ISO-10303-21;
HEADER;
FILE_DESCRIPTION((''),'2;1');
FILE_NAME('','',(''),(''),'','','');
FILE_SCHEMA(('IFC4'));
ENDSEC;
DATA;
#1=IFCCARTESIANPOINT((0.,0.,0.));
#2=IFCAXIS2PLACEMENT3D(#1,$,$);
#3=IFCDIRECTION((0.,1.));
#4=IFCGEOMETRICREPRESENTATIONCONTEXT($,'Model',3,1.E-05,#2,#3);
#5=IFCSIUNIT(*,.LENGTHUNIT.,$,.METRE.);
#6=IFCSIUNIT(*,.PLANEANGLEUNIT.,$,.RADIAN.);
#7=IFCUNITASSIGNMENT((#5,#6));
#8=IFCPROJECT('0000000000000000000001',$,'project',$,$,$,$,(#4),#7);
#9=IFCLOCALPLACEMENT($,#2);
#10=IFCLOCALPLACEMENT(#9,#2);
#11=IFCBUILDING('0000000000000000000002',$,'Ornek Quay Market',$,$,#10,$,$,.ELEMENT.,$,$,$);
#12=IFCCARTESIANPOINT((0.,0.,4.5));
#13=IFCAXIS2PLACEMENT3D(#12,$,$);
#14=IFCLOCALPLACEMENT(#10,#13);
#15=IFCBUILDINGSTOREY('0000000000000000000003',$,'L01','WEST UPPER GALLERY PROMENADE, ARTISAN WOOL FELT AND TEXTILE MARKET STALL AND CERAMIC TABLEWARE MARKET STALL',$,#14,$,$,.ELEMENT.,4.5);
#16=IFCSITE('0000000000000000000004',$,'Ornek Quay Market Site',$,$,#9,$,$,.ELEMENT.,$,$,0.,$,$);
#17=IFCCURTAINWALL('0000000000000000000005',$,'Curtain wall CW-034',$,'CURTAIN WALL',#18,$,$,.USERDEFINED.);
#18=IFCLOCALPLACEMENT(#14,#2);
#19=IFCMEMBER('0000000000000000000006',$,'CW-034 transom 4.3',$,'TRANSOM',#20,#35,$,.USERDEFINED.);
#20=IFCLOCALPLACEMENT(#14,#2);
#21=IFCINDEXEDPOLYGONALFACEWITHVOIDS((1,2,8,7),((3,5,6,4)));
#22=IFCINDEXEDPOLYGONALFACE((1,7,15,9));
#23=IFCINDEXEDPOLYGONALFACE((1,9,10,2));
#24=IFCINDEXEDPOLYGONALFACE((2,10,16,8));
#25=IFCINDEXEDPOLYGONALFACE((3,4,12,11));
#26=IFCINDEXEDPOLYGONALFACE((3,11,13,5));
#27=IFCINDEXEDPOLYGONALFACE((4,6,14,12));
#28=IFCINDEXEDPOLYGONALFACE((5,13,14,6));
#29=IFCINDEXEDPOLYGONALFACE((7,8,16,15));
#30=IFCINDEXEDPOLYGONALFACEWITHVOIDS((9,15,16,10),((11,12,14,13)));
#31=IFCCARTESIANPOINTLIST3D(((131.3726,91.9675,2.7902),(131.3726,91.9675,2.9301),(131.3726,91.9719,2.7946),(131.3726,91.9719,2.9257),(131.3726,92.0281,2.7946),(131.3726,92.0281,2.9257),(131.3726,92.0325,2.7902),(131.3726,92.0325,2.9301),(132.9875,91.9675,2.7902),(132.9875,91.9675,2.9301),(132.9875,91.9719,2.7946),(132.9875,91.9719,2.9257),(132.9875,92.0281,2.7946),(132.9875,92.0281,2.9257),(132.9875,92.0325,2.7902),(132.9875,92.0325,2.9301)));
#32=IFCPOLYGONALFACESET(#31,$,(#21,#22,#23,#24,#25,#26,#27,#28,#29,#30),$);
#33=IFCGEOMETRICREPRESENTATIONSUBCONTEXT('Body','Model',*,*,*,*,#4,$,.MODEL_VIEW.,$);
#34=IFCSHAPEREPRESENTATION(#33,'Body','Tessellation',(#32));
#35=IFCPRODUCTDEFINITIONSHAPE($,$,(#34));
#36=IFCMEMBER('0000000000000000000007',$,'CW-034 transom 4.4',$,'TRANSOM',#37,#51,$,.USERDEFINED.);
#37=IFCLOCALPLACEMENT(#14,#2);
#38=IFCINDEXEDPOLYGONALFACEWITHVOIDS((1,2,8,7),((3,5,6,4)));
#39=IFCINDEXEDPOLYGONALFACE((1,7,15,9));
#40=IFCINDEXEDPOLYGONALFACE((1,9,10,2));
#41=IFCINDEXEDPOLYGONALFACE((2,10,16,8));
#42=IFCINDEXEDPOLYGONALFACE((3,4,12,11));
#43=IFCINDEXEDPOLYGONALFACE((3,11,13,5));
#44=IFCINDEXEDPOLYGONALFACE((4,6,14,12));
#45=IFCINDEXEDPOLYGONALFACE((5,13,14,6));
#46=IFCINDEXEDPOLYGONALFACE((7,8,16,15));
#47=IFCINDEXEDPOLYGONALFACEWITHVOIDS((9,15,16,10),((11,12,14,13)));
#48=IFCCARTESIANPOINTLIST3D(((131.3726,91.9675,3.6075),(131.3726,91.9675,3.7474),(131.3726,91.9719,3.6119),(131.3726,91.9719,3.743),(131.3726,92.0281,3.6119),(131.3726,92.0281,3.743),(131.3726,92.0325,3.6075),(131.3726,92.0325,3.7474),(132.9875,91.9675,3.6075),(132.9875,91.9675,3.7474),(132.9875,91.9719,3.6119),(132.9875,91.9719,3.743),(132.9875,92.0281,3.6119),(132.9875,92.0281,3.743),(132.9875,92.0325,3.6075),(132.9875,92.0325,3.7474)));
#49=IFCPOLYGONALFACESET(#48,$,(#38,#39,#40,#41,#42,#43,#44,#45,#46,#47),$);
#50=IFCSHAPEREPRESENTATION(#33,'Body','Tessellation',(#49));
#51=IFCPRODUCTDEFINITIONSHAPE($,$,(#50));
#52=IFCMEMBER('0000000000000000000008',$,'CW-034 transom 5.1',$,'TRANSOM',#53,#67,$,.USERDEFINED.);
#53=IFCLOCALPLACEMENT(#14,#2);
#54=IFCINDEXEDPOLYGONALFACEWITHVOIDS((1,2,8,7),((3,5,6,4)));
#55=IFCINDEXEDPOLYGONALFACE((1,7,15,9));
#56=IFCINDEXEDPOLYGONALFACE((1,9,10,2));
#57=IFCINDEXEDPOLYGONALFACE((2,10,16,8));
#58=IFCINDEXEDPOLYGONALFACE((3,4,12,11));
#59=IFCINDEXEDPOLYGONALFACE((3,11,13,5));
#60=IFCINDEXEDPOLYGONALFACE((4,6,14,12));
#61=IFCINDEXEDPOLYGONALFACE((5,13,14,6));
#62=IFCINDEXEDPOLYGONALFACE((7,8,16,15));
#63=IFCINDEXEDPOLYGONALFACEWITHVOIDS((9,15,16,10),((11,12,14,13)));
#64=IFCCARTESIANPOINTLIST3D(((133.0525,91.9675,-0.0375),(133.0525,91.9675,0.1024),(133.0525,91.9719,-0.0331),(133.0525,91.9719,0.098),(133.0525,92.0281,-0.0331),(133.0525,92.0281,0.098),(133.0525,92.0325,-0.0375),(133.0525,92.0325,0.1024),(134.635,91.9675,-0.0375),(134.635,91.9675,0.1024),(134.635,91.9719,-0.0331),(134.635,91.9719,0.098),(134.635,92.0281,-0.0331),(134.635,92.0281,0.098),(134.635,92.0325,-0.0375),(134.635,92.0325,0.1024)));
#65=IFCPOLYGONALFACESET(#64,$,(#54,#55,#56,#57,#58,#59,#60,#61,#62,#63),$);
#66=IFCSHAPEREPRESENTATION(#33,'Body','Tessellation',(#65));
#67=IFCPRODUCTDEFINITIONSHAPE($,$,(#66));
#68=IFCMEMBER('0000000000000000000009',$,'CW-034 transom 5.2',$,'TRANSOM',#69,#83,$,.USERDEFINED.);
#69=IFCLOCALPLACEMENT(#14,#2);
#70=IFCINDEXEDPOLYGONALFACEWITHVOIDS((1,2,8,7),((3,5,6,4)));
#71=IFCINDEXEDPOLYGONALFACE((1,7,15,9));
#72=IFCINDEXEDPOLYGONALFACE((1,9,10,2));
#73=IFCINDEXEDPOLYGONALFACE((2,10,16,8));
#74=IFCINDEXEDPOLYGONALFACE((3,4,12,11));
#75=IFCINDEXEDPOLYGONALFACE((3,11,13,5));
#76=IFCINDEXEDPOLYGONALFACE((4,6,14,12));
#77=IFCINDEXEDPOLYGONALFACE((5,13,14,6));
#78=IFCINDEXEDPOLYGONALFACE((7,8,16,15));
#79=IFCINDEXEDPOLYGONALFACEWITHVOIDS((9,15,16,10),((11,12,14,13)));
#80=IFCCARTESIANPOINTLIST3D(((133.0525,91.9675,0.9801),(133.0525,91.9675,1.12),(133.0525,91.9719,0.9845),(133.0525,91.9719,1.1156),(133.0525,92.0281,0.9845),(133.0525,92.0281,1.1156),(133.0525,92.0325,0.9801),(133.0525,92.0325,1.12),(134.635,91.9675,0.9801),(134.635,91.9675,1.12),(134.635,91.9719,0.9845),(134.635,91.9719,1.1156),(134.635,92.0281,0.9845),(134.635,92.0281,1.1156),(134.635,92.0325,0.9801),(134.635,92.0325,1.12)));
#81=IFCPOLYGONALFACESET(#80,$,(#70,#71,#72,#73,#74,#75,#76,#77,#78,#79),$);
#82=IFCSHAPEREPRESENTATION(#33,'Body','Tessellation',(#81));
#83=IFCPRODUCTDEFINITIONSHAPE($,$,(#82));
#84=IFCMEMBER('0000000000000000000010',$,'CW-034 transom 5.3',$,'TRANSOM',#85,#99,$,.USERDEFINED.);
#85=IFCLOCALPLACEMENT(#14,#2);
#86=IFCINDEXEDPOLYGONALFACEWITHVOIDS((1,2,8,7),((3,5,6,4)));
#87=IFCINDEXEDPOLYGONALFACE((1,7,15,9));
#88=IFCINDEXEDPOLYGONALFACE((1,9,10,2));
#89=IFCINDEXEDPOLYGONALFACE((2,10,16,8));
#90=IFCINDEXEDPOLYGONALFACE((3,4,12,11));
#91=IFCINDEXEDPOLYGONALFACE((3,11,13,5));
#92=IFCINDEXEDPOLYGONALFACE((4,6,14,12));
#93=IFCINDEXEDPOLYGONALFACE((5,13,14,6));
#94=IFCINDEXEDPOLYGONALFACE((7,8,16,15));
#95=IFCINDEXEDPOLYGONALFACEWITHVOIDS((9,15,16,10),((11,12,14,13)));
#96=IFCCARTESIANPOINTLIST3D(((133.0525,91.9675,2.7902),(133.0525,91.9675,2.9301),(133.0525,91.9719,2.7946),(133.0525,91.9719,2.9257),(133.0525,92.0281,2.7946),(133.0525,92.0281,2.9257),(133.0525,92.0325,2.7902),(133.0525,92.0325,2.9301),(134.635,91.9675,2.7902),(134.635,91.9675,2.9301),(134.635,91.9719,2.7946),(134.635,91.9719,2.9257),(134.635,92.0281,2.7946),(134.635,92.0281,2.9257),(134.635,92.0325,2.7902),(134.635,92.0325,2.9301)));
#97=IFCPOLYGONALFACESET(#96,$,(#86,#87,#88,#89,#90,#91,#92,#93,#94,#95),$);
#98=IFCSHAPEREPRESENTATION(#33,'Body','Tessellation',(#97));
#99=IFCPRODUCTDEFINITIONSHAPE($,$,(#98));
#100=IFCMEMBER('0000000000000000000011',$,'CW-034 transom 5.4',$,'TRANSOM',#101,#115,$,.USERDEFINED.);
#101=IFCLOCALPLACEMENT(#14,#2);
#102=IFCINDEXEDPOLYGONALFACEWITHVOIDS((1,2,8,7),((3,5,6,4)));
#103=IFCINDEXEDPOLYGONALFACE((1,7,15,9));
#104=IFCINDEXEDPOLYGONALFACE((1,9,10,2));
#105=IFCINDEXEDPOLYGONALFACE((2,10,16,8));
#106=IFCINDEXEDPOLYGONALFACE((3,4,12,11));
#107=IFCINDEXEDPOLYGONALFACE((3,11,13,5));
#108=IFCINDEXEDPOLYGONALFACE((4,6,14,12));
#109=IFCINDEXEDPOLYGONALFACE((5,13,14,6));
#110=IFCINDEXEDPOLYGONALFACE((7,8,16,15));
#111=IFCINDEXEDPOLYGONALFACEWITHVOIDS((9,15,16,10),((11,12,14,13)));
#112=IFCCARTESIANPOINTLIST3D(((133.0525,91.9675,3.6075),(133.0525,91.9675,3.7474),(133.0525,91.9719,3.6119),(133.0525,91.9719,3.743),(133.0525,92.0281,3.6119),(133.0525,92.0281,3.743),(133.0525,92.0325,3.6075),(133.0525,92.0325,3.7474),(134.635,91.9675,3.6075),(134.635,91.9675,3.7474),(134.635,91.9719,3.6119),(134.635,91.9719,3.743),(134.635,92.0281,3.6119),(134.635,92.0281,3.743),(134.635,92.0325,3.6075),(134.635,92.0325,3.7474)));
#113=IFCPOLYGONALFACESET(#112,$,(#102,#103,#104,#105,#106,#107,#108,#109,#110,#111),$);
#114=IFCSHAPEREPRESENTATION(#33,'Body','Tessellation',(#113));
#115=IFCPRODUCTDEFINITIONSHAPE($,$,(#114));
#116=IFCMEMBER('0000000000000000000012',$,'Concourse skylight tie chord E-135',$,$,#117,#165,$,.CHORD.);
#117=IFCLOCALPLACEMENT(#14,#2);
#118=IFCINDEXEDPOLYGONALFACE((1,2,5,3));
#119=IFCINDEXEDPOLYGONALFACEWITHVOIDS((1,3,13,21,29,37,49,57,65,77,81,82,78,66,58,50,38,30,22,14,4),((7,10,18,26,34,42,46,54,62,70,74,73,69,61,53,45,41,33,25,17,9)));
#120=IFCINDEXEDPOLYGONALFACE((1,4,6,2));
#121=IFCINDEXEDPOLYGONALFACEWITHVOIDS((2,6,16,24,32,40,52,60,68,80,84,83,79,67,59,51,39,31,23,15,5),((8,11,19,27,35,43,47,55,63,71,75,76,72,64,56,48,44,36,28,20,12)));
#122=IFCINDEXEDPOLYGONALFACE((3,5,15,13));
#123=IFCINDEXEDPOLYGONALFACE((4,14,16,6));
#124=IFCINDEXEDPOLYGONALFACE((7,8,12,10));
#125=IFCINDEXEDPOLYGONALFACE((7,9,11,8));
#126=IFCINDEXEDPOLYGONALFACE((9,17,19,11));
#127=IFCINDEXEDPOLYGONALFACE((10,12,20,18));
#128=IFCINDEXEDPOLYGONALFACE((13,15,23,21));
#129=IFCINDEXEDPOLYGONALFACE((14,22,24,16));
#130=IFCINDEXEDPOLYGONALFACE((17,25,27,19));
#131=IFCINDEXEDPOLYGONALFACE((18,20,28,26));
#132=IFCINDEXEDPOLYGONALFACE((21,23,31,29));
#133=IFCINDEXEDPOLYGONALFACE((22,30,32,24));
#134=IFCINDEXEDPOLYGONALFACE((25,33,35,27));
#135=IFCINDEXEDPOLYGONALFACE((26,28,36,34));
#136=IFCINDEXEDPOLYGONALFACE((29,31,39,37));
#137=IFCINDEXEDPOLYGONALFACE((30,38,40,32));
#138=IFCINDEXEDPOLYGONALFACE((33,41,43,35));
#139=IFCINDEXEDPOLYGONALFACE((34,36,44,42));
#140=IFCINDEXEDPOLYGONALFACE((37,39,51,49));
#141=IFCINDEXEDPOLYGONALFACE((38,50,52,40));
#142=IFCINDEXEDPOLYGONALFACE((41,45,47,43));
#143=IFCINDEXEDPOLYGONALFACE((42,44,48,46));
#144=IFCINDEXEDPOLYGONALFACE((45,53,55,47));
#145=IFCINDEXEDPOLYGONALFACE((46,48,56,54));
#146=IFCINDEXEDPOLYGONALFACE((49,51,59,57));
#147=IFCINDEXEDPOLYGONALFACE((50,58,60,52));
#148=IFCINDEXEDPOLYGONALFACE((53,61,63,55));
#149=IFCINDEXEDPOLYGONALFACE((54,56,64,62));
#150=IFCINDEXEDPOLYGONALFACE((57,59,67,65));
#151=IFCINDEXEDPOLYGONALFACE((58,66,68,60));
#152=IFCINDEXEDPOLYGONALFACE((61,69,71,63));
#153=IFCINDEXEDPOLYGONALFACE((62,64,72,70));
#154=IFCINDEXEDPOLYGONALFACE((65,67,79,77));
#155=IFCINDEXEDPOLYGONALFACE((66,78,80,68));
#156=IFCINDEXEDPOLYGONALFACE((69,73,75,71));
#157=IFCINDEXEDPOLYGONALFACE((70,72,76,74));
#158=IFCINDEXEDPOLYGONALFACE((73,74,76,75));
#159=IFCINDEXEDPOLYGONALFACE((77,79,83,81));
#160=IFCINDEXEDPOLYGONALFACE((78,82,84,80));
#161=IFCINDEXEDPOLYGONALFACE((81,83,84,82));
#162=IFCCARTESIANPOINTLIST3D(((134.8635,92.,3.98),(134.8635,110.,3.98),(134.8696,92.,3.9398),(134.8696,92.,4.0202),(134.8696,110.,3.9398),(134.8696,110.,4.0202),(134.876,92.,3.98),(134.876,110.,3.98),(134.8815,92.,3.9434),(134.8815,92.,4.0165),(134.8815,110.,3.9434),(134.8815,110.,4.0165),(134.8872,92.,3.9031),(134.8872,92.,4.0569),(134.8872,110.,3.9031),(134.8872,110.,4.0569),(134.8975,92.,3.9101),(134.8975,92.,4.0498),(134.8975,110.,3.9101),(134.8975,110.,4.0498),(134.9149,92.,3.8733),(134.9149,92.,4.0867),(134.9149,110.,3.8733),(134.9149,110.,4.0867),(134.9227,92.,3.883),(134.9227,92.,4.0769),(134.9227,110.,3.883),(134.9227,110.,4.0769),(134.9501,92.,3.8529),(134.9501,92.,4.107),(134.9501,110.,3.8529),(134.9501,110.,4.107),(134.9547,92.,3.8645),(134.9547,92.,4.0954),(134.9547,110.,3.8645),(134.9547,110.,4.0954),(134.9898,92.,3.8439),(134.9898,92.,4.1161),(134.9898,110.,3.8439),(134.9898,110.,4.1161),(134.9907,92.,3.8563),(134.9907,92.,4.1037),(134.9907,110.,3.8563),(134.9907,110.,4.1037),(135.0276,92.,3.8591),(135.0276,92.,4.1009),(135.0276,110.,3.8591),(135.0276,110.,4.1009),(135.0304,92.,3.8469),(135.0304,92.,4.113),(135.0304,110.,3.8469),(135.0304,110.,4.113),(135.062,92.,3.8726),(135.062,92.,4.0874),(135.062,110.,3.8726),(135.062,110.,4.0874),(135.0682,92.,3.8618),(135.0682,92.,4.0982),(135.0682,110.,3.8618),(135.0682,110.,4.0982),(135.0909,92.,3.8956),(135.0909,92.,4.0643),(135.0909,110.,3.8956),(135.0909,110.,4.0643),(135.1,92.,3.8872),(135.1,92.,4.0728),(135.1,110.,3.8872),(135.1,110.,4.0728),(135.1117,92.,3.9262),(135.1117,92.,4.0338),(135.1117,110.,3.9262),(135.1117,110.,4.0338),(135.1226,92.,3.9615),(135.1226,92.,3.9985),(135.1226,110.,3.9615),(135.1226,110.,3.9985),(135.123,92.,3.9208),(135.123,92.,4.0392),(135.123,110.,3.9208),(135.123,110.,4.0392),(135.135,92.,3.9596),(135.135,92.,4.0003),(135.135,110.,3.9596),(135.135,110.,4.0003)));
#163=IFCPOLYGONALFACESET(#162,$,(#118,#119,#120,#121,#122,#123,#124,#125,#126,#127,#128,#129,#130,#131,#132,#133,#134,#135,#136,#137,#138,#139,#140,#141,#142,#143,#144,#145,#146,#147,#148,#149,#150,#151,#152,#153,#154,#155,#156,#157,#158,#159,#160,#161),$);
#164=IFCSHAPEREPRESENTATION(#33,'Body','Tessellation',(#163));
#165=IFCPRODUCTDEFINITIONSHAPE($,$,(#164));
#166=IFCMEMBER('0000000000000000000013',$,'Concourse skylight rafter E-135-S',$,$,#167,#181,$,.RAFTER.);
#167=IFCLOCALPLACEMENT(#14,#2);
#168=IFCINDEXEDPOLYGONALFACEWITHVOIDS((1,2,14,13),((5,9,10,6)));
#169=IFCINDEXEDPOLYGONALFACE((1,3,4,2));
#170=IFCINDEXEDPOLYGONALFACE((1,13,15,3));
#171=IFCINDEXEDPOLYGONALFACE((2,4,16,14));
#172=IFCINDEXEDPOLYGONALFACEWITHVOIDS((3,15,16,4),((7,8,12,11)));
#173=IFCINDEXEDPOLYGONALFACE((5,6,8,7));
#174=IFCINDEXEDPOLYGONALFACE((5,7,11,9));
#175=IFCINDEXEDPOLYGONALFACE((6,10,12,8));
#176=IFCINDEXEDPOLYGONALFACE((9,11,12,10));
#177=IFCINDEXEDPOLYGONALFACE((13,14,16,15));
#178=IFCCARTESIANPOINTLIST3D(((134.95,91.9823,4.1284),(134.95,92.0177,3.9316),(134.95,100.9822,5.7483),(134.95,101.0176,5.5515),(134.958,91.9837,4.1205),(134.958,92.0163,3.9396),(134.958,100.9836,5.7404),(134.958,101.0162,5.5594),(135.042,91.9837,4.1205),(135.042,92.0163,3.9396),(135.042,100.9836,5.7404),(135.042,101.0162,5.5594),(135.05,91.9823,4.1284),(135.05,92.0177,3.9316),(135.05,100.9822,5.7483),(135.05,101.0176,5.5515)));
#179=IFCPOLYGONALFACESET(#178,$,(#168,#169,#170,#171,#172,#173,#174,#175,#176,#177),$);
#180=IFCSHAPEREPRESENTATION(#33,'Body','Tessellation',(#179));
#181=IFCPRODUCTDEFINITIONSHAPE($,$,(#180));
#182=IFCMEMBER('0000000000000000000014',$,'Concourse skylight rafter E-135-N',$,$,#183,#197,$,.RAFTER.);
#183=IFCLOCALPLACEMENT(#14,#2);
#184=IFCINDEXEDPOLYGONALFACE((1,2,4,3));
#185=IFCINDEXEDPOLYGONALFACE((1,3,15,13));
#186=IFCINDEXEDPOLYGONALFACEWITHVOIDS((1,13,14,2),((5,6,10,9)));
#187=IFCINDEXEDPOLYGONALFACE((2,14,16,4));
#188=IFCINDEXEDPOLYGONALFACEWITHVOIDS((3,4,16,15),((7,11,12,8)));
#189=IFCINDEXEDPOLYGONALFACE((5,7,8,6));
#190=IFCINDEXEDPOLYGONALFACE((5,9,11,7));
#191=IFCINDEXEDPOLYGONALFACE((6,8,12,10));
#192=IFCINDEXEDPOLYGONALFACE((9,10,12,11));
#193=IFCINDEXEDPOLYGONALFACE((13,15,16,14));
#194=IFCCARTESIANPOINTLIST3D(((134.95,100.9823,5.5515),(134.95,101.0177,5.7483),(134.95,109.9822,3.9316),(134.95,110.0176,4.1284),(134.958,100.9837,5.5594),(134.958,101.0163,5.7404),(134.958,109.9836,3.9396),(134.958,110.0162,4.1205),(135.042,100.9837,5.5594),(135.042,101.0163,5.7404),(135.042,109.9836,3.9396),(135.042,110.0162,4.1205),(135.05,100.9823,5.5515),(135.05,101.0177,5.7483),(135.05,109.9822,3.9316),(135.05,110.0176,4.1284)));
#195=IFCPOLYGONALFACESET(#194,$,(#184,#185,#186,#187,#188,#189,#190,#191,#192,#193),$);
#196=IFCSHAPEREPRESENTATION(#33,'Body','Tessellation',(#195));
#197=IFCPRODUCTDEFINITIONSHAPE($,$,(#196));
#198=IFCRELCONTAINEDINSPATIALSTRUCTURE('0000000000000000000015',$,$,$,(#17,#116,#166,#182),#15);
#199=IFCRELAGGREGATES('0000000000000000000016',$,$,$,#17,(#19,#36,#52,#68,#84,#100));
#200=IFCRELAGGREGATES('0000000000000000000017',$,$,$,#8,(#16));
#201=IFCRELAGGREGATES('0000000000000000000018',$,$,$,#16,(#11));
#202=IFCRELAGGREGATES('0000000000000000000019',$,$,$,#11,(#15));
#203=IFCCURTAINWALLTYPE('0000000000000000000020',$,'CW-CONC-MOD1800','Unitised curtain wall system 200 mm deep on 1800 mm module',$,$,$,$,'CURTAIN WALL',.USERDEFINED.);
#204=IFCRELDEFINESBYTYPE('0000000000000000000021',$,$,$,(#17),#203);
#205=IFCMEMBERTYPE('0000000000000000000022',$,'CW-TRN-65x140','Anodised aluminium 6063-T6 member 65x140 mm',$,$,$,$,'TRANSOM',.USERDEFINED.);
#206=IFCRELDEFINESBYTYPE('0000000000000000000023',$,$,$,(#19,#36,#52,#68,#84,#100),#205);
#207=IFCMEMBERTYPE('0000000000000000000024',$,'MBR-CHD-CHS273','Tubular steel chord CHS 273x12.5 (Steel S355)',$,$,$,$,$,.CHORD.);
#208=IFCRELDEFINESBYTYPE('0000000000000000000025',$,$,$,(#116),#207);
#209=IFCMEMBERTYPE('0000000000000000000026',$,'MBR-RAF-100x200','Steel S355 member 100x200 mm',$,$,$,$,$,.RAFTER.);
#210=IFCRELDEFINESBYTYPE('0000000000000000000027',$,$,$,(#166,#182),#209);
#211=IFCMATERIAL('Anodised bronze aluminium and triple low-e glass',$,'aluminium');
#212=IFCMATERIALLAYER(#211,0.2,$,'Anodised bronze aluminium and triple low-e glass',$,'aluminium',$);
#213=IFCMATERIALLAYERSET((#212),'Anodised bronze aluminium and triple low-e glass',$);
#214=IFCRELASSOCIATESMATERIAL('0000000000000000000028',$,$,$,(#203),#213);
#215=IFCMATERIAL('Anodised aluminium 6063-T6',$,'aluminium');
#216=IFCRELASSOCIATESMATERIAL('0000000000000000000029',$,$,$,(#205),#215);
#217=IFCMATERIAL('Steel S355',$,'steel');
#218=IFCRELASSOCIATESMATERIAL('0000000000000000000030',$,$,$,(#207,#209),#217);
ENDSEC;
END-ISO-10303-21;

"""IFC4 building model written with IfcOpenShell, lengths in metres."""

from ifc_helpers import new_model, si_unit, direction, frame, origin, origin_2d, place, context, subcontext, project, spatial, hollow_rectangle, hollow_circle, extrude, material, layer, layer_set, material_profile, profile_set, type_object, element, aggregate, save


model = new_model("IFC4")

# Units and contexts
model_context = context("Model", 3, precision=1e-05, world=origin(), true_north=direction((0.0, 1.0)))
body_context = subcontext(model_context, "Body", "Model", "MODEL_VIEW")
ifc_project = project(units=[si_unit("LENGTHUNIT", "METRE"), si_unit("PLANEANGLEUNIT", "RADIAN")], contexts=[model_context])

# Site, building, storey
site_placement = place(None, origin())
site = spatial("IfcSite", under=ifc_project, at=site_placement, Name="Ornek Quay Market Site", CompositionType="ELEMENT", RefElevation=0.0)
building_placement = place(site_placement, origin())
building = spatial("IfcBuilding", under=site, at=building_placement, Name="Ornek Quay Market", CompositionType="ELEMENT")
storey_placement = place(building_placement, frame((0.0, 0.0, 4.5)))
storey = spatial("IfcBuildingStorey", under=building, at=storey_placement, Name="L01", Description="WEST UPPER GALLERY PROMENADE, ARTISAN WOOL FELT AND TEXTILE MARKET STALL AND CERAMIC TABLEWARE MARKET STALL", CompositionType="ELEMENT", Elevation=4.5)

# Curtain wall
ifc_material_1 = material(Name="Anodised bronze aluminium and triple low-e glass", Category="aluminium")
ifc_layer_1 = layer(ifc_material_1, 0.2, Name="Anodised bronze aluminium and triple low-e glass", Category="aluminium")
ifc_layer_set_1 = layer_set([ifc_layer_1], Name="Anodised bronze aluminium and triple low-e glass")
curtain_wall_type = type_object("IfcCurtainWallType", Name="CW-CONC-MOD1800", Description="Unitised curtain wall system 200 mm deep on 1800 mm module", ElementType="CURTAIN WALL", PredefinedType="USERDEFINED", material=ifc_layer_set_1)
curtain_wall_1_placement = place(storey_placement, origin())
curtain_wall_1 = element("IfcCurtainWall", 1, at=curtain_wall_1_placement, inside=storey, type_object=curtain_wall_type, Name="Curtain wall CW-034", ObjectType="CURTAIN WALL", PredefinedType="USERDEFINED")
ifc_material_2 = material(Name="Anodised aluminium 6063-T6", Category="aluminium")

# Members
ifc_material_profile_1 = material_profile(ifc_material_2, hollow_rectangle(XDim=0.0649, YDim=0.1399, WallThickness=0.0044, at=origin_2d()), Name="CW-TRN-65x140", Category="aluminium")
ifc_profile_set_1 = profile_set([ifc_material_profile_1], Name="Anodised aluminium 6063-T6")
member_type_1 = type_object("IfcMemberType", Name="CW-TRN-65x140", Description="Anodised aluminium 6063-T6 member 65x140 mm", ElementType="TRANSOM", PredefinedType="USERDEFINED", material=ifc_profile_set_1)
member_1_placement = place(storey_placement, frame((131.3726, 92.0, 2.8601), z_axis=(1.0, 0.0, 0.0), x_axis=(0.0, 1.0, 0.0)))
member_1 = element("IfcMember", 2, at=member_1_placement, type_object=member_type_1, Name="CW-034 transom 4.3", ObjectType="TRANSOM", PredefinedType="USERDEFINED", context=body_context, shape_type="SweptSolid", body=[
    extrude(hollow_rectangle(XDim=0.0649, YDim=0.1399, WallThickness=0.0044, at=origin_2d()), origin(), (0.0, 0.0, 1.0), 1.615),
])
member_2_placement = place(storey_placement, frame((131.3726, 92.0, 3.6775), z_axis=(1.0, 0.0, 0.0), x_axis=(0.0, 1.0, 0.0)))
member_2 = element("IfcMember", 3, at=member_2_placement, type_object=member_type_1, Name="CW-034 transom 4.4", ObjectType="TRANSOM", PredefinedType="USERDEFINED", context=body_context, shape_type="SweptSolid", body=[
    extrude(hollow_rectangle(XDim=0.0649, YDim=0.1399, WallThickness=0.0044, at=origin_2d()), origin(), (0.0, 0.0, 1.0), 1.615),
])
member_3_placement = place(storey_placement, frame((133.0525, 92.0, 0.0325), z_axis=(1.0, 0.0, 0.0), x_axis=(0.0, 1.0, 0.0)))
member_3 = element("IfcMember", 4, at=member_3_placement, type_object=member_type_1, Name="CW-034 transom 5.1", ObjectType="TRANSOM", PredefinedType="USERDEFINED", context=body_context, shape_type="SweptSolid", body=[
    extrude(hollow_rectangle(XDim=0.0649, YDim=0.1399, WallThickness=0.0044, at=origin_2d()), origin(), (0.0, 0.0, 1.0), 1.5825),
])
member_4_placement = place(storey_placement, frame((133.0525, 92.0, 1.05), z_axis=(1.0, 0.0, 0.0), x_axis=(0.0, 1.0, 0.0)))
member_4 = element("IfcMember", 5, at=member_4_placement, type_object=member_type_1, Name="CW-034 transom 5.2", ObjectType="TRANSOM", PredefinedType="USERDEFINED", context=body_context, shape_type="SweptSolid", body=[
    extrude(hollow_rectangle(XDim=0.0649, YDim=0.1399, WallThickness=0.0044, at=origin_2d()), origin(), (0.0, 0.0, 1.0), 1.5825),
])
member_5_placement = place(storey_placement, frame((133.0525, 92.0, 2.8601), z_axis=(1.0, 0.0, 0.0), x_axis=(0.0, 1.0, 0.0)))
member_5 = element("IfcMember", 6, at=member_5_placement, type_object=member_type_1, Name="CW-034 transom 5.3", ObjectType="TRANSOM", PredefinedType="USERDEFINED", context=body_context, shape_type="SweptSolid", body=[
    extrude(hollow_rectangle(XDim=0.0649, YDim=0.1399, WallThickness=0.0044, at=origin_2d()), origin(), (0.0, 0.0, 1.0), 1.5825),
])
member_6_placement = place(storey_placement, frame((133.0525, 92.0, 3.6775), z_axis=(1.0, 0.0, 0.0), x_axis=(0.0, 1.0, 0.0)))
member_6 = element("IfcMember", 7, at=member_6_placement, type_object=member_type_1, Name="CW-034 transom 5.4", ObjectType="TRANSOM", PredefinedType="USERDEFINED", context=body_context, shape_type="SweptSolid", body=[
    extrude(hollow_rectangle(XDim=0.0649, YDim=0.1399, WallThickness=0.0044, at=origin_2d()), origin(), (0.0, 0.0, 1.0), 1.5825),
])

# Members
ifc_material_3 = material(Name="Steel S355", Category="steel")
ifc_material_profile_2 = material_profile(ifc_material_3, hollow_circle(Radius=0.1365, WallThickness=0.0125, at=origin_2d()), Name="CHS 273x12.5", Category="steel")
ifc_profile_set_2 = profile_set([ifc_material_profile_2], Name="Steel S355")
member_type_2 = type_object("IfcMemberType", Name="MBR-CHD-CHS273", Description="Tubular steel chord CHS 273x12.5 (Steel S355)", PredefinedType="CHORD", material=ifc_profile_set_2)
member_7_placement = place(storey_placement, frame((135.0, 92.0, 3.98), z_axis=(0.0, 1.0, 0.0), x_axis=(-1.0, 0.0, 0.0)))
element("IfcMember", 8, at=member_7_placement, inside=storey, type_object=member_type_2, Name="Concourse skylight tie chord E-135", PredefinedType="CHORD", context=body_context, shape_type="SweptSolid", body=[
    extrude(hollow_circle(Radius=0.1365, WallThickness=0.0125, at=origin_2d()), origin(), (0.0, 0.0, 1.0), 18.0),
])
ifc_material_profile_3 = material_profile(ifc_material_3, hollow_rectangle(XDim=0.1001, YDim=0.2, WallThickness=0.0081, at=origin_2d()), Name="MBR-RAF-100x200", Category="steel")
ifc_profile_set_3 = profile_set([ifc_material_profile_3], Name="Steel S355")
member_type_3 = type_object("IfcMemberType", Name="MBR-RAF-100x200", Description="Steel S355 member 100x200 mm", PredefinedType="RAFTER", material=ifc_profile_set_3)
for number, where, z_axis, x_axis, name in (
    (9, (135.0, 92.0, 4.03), (0.0, 0.984186, 0.17714), (-1.0, 0.0, 0.0), "Concourse skylight rafter E-135-S"),
    (10, (135.0, 101.0, 5.6499), (0.0, 0.984186, -0.17714), (-1.0, 0.0, 0.0), "Concourse skylight rafter E-135-N"),
):
    element("IfcMember", number, at=place(storey_placement, frame(where, z_axis=z_axis, x_axis=x_axis)), inside=storey, type_object=member_type_3, Name=name, PredefinedType="RAFTER", context=body_context, shape_type="SweptSolid", body=[
        extrude(hollow_rectangle(XDim=0.1001, YDim=0.2, WallThickness=0.0081, at=origin_2d()), origin(), (0.0, 0.0, 1.0), 9.1445),
    ])

aggregate(curtain_wall_1, [member_1, member_2, member_3, member_4, member_5, member_6])

save(model, "model.ifc")
